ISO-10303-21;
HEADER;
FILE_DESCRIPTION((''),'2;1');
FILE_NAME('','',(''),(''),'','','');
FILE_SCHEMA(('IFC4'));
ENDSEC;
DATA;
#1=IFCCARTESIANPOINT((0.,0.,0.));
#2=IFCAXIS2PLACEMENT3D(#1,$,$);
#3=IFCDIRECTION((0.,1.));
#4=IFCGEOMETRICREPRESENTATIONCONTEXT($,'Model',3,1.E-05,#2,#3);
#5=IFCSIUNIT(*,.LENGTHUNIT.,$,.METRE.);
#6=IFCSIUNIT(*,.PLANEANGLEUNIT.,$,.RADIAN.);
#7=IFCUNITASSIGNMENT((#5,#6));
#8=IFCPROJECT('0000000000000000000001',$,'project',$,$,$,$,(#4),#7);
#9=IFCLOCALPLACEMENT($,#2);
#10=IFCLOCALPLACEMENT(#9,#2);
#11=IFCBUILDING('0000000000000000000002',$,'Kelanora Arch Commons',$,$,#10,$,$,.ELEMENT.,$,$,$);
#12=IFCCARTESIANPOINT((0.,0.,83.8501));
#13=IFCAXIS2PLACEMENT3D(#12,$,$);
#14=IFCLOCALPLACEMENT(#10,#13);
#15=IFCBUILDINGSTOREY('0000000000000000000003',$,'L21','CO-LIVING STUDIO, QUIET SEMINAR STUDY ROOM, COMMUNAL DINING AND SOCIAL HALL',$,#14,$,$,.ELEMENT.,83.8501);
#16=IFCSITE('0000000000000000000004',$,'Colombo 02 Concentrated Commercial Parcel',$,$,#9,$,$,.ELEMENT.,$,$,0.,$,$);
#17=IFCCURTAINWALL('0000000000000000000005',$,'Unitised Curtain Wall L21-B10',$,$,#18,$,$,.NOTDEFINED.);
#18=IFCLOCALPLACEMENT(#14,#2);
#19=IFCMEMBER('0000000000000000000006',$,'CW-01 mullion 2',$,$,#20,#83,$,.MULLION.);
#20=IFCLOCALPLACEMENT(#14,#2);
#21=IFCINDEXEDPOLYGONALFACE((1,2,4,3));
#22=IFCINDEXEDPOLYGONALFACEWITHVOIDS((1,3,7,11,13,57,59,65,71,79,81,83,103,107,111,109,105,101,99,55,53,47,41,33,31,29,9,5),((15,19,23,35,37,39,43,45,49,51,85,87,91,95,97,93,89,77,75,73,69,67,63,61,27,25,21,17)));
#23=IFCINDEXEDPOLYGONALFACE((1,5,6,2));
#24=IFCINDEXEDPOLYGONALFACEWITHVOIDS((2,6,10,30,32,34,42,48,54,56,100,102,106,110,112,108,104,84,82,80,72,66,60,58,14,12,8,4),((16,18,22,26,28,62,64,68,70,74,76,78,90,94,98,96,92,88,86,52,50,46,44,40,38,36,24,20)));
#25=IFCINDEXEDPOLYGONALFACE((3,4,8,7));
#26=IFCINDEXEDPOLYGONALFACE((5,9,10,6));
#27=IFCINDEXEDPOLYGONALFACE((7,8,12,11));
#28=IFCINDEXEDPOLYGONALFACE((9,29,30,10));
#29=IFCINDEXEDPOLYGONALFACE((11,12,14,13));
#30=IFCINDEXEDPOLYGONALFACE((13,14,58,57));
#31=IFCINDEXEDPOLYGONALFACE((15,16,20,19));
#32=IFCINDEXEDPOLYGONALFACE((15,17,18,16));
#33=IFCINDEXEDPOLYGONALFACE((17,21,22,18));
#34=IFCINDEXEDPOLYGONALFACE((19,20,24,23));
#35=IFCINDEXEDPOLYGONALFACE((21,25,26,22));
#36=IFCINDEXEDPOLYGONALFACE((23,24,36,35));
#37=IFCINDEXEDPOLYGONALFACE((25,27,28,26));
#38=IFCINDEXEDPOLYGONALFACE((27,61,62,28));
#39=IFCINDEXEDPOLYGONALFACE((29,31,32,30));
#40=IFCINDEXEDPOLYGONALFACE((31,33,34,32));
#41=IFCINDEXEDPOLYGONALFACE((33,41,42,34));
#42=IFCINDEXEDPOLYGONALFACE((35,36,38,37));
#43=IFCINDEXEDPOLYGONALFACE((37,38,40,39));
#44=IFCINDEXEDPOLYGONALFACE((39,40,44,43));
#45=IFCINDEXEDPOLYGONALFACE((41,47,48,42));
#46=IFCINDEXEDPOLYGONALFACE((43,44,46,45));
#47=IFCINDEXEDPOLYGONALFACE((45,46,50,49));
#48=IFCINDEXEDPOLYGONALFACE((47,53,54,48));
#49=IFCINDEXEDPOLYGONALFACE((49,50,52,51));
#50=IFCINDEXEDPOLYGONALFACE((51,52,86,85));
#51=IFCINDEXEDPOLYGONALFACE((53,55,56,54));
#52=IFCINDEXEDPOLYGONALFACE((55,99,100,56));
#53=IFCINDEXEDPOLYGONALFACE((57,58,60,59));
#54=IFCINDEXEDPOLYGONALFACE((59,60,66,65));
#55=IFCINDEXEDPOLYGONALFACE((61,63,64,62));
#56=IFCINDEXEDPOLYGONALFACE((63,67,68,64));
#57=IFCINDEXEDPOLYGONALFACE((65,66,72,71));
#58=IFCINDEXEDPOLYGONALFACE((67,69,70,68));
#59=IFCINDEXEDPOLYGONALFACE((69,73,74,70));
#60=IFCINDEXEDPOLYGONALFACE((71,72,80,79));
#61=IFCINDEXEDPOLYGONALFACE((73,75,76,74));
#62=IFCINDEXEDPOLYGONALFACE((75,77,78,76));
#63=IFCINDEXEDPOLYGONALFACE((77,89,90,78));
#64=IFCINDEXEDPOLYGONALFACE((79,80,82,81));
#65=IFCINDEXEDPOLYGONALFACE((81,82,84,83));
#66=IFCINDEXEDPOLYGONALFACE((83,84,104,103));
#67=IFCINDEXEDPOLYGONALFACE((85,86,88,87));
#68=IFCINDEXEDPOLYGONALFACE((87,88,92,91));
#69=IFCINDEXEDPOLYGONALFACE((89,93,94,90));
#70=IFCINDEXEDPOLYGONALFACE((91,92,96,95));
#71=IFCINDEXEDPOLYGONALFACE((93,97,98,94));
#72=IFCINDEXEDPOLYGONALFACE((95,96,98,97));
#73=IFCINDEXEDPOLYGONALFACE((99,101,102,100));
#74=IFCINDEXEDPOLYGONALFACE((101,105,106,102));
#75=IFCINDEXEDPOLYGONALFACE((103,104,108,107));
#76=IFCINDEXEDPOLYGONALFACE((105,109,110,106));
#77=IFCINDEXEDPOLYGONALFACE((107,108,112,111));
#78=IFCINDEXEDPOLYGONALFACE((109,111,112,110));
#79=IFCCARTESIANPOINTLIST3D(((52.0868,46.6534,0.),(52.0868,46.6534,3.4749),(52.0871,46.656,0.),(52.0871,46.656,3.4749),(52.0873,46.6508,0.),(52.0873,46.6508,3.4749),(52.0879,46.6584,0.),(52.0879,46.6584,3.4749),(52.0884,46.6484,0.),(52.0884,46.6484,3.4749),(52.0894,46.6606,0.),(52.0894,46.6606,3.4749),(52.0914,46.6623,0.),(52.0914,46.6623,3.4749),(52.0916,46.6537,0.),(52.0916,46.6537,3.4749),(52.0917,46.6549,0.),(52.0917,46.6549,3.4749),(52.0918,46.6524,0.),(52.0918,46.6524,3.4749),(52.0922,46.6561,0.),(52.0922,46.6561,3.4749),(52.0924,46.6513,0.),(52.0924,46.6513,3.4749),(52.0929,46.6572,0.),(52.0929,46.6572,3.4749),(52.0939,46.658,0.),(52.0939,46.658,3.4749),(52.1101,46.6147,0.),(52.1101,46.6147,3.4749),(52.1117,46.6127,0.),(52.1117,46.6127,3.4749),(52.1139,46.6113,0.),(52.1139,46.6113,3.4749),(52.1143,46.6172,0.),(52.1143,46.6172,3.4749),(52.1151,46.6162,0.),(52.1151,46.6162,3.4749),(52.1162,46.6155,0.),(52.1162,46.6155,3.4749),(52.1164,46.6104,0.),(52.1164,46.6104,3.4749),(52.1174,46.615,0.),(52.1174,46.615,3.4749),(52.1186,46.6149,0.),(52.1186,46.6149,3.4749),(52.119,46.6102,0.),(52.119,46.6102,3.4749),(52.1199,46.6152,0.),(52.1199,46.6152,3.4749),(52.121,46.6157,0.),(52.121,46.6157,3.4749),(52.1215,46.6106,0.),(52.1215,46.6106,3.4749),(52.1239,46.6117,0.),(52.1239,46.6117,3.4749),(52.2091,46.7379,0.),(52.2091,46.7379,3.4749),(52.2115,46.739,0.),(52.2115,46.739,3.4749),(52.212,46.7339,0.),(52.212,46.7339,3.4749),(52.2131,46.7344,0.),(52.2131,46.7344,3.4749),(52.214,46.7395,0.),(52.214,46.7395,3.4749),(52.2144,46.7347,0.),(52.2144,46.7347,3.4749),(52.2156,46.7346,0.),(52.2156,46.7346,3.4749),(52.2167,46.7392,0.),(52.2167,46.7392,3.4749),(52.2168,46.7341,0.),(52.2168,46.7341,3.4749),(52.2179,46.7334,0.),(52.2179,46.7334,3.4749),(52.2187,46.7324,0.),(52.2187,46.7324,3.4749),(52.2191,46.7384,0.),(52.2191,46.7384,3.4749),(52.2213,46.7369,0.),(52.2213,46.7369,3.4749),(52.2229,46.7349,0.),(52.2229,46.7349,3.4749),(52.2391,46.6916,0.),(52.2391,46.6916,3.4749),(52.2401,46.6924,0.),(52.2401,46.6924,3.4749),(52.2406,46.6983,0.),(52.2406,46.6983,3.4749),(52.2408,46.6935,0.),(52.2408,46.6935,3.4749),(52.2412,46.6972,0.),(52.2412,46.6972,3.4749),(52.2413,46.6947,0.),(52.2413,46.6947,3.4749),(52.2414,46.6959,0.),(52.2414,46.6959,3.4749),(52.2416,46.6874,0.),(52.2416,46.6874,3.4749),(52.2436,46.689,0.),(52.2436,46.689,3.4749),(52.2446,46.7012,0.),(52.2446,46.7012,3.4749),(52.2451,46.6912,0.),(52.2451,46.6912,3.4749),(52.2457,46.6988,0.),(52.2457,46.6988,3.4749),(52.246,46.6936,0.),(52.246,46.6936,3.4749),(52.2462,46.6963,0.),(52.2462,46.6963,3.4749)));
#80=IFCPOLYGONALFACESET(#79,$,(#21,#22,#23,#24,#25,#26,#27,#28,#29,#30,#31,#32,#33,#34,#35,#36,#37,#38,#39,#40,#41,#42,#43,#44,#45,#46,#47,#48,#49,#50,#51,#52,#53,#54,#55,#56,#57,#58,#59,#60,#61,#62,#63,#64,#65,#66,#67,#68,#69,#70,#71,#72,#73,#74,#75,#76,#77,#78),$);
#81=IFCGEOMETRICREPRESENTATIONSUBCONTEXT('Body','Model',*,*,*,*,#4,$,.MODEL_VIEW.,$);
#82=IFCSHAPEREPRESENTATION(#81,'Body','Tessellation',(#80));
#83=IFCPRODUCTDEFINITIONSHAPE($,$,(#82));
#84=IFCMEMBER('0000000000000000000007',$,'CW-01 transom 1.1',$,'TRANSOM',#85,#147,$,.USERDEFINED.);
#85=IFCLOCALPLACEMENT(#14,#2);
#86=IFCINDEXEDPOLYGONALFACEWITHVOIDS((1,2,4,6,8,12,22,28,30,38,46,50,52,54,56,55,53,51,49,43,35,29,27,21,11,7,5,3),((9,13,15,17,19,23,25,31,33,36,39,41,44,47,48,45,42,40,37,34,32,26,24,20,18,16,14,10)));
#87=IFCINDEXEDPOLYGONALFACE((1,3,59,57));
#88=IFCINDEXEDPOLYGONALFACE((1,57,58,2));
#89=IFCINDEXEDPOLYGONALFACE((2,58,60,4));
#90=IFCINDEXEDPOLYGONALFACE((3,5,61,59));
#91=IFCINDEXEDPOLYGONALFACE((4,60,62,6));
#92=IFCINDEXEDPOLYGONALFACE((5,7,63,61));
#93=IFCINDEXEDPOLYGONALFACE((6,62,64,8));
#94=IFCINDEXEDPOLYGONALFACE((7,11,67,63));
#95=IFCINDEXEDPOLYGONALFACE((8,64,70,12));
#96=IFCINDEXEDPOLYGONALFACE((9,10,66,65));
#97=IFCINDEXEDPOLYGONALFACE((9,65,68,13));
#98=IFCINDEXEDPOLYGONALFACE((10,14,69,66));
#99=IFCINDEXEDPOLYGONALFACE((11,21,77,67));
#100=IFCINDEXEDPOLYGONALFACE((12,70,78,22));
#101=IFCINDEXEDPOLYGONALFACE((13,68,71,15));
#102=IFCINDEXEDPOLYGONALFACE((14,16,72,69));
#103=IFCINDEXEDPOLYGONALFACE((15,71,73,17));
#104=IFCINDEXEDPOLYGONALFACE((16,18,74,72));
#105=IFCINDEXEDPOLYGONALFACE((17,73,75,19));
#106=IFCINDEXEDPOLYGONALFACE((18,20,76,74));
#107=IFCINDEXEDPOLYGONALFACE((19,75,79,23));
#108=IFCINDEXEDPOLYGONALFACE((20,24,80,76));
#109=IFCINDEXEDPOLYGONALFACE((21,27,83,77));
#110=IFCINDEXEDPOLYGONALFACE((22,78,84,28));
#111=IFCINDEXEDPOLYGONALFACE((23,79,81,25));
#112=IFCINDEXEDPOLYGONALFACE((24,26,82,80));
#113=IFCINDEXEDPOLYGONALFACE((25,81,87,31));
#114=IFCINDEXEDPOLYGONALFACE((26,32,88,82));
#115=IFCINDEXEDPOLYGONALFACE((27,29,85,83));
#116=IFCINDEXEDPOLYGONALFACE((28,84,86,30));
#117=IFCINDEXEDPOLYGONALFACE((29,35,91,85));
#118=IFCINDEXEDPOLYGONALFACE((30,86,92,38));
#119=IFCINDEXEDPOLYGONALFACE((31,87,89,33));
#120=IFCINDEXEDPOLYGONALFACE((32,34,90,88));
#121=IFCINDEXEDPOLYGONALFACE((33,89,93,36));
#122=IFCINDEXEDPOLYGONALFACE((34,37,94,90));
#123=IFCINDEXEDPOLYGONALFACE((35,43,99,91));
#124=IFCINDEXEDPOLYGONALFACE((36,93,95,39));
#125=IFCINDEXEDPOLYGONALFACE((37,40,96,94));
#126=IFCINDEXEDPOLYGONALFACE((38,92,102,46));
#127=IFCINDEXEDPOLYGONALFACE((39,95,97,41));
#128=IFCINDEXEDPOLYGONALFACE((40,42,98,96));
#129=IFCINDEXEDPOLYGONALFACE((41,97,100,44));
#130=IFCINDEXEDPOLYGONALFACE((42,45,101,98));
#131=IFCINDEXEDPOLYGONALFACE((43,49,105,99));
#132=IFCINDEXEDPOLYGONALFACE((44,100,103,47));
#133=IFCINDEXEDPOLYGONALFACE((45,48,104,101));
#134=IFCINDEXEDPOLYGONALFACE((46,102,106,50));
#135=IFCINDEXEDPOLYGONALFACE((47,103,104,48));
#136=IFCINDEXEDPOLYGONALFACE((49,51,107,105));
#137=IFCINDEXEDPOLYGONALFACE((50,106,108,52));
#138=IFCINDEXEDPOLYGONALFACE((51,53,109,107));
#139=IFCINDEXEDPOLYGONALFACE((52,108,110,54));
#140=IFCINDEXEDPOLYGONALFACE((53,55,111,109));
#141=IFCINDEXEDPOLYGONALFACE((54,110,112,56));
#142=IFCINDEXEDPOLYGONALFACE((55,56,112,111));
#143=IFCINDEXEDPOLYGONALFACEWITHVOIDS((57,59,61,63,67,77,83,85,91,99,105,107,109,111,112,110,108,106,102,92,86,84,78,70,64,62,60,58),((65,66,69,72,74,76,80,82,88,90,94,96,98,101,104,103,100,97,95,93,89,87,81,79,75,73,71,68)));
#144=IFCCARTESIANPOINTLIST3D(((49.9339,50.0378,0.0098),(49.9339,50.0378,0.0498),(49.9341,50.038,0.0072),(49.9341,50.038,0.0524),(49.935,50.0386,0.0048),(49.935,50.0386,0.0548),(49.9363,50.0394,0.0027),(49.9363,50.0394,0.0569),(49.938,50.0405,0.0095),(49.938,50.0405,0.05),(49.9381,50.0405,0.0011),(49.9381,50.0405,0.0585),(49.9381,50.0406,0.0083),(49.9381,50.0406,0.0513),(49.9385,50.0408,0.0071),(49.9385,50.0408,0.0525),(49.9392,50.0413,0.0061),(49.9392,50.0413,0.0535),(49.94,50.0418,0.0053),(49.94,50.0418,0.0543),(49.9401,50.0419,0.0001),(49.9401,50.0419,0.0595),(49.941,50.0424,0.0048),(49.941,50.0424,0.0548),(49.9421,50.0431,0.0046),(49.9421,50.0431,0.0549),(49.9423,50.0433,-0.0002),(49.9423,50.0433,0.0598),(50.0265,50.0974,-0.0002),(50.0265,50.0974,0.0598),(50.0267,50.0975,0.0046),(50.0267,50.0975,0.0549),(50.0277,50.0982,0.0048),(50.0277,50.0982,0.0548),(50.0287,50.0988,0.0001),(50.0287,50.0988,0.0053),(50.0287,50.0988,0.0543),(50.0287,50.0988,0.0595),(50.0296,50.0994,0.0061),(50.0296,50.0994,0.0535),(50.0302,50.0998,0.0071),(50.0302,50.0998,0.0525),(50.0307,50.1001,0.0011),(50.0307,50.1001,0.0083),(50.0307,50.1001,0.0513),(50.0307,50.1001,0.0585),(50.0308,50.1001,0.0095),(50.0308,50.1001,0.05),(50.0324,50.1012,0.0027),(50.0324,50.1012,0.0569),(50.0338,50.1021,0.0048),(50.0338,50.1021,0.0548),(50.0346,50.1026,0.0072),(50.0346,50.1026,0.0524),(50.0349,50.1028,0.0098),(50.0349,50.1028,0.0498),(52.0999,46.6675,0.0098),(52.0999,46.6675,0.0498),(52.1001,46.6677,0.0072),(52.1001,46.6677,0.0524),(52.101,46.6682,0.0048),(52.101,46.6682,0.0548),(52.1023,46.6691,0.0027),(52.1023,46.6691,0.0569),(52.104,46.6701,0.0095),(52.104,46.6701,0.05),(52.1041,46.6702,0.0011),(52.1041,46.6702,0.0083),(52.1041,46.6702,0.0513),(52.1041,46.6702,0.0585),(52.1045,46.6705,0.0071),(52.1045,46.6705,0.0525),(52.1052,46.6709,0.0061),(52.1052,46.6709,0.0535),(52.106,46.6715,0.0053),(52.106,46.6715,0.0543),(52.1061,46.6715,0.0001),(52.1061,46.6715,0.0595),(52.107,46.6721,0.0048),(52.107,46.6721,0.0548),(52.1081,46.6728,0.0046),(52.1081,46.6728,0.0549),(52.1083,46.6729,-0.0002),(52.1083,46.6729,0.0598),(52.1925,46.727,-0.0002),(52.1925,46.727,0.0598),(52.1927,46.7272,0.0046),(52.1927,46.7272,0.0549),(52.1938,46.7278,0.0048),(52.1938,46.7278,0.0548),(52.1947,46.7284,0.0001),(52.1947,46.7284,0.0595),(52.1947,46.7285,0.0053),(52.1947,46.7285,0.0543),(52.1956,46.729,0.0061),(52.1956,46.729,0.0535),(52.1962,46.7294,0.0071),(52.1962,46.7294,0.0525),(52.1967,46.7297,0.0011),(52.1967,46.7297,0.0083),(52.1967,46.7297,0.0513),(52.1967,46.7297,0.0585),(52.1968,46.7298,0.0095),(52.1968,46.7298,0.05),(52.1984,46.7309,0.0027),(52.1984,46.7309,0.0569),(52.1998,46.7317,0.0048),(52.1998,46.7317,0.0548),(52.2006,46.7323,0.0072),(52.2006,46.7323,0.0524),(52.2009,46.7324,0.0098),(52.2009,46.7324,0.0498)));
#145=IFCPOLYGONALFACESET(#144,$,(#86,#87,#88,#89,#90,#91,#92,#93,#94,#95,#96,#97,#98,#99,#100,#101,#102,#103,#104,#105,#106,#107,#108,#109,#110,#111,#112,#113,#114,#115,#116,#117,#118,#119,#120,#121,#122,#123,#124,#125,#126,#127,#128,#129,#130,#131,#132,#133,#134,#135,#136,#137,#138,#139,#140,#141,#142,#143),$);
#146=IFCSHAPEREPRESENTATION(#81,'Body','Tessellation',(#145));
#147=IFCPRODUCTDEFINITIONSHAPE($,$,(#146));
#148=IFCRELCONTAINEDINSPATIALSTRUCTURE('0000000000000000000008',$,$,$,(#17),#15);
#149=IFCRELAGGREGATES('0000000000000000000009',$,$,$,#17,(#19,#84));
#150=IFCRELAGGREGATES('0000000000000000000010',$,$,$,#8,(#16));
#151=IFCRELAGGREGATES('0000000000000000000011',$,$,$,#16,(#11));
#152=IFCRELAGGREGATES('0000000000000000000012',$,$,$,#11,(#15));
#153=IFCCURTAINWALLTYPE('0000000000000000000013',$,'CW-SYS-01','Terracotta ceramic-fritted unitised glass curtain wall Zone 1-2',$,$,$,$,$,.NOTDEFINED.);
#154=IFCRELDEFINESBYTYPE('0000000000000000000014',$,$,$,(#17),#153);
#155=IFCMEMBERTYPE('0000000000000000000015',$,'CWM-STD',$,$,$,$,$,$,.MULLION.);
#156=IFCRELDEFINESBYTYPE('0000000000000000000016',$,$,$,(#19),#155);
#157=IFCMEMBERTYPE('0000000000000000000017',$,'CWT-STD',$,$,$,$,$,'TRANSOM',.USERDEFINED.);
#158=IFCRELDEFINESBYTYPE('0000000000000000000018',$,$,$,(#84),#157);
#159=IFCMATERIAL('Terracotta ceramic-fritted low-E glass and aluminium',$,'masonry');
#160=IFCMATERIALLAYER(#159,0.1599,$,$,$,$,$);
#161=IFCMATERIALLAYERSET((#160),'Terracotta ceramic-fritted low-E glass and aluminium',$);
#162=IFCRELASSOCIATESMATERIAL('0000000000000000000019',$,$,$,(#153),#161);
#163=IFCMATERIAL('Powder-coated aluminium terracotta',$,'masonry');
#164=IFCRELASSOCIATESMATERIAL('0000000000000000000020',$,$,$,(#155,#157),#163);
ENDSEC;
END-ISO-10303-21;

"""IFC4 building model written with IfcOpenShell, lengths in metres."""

from ifc_helpers import new_model, si_unit, direction, frame, origin, origin_2d, place, context, subcontext, project, spatial, hollow_rectangle, extrude, material, layer, layer_set, material_profile, profile_set, type_object, element, aggregate, save


model = new_model("IFC4")

# Units and contexts
model_context = context("Model", 3, precision=1e-05, world=origin(), true_north=direction((0.0, 1.0)))
body_context = subcontext(model_context, "Body", "Model", "MODEL_VIEW")
ifc_project = project(units=[si_unit("LENGTHUNIT", "METRE"), si_unit("PLANEANGLEUNIT", "RADIAN")], contexts=[model_context])

# Site, building, storey
site_placement = place(None, origin())
site = spatial("IfcSite", under=ifc_project, at=site_placement, Name="Colombo 02 Concentrated Commercial Parcel", CompositionType="ELEMENT", RefElevation=0.0)
building_placement = place(site_placement, origin())
building = spatial("IfcBuilding", under=site, at=building_placement, Name="Kelanora Arch Commons", CompositionType="ELEMENT")
storey_placement = place(building_placement, frame((0.0, 0.0, 83.8501)))
storey = spatial("IfcBuildingStorey", under=building, at=storey_placement, Name="L21", Description="CO-LIVING STUDIO, QUIET SEMINAR STUDY ROOM, COMMUNAL DINING AND SOCIAL HALL", CompositionType="ELEMENT", Elevation=83.8501)

# Curtain wall, members
ifc_material_1 = material(Name="Terracotta ceramic-fritted low-E glass and aluminium", Category="masonry")
ifc_layer_1 = layer(ifc_material_1, 0.1599)
ifc_layer_set_1 = layer_set([ifc_layer_1], Name="Terracotta ceramic-fritted low-E glass and aluminium")
curtain_wall_type = type_object("IfcCurtainWallType", Name="CW-SYS-01", Description="Terracotta ceramic-fritted unitised glass curtain wall Zone 1-2", PredefinedType="NOTDEFINED", material=ifc_layer_set_1)
curtain_wall_placement = place(storey_placement, origin())
curtain_wall = element("IfcCurtainWall", 1, at=curtain_wall_placement, inside=storey, type_object=curtain_wall_type, Name="Unitised Curtain Wall L21-B10", PredefinedType="NOTDEFINED")
ifc_material_2 = material(Name="Powder-coated aluminium terracotta", Category="masonry")
ifc_material_profile_1 = material_profile(ifc_material_2, hollow_rectangle(XDim=0.1599, YDim=0.0601, WallThickness=0.0049, InnerFilletRadius=0.0049, OuterFilletRadius=0.01, at=origin_2d()), Name="CWM160x60")
ifc_profile_set_1 = profile_set([ifc_material_profile_1], Name="Powder-coated aluminium terracotta")
member_type_1 = type_object("IfcMemberType", Name="CWM-STD", PredefinedType="MULLION", material=ifc_profile_set_1)
member_1_placement = place(storey_placement, frame((52.1665, 46.6748, 0.0), z_axis=(0.0, 0.0, 1.0), x_axis=(0.841269, 0.540617, 0.0)))
member_1 = element("IfcMember", 2, at=member_1_placement, type_object=member_type_1, Name="CW-01 mullion 2", PredefinedType="MULLION", context=body_context, shape_type="SweptSolid", body=[
    extrude(hollow_rectangle(XDim=0.1599, YDim=0.0601, WallThickness=0.0049, InnerFilletRadius=0.0049, OuterFilletRadius=0.01, at=origin_2d()), origin(), (0.0, 0.0, 1.0), 3.4749),
])
ifc_material_profile_2 = material_profile(ifc_material_2, hollow_rectangle(XDim=0.1201, YDim=0.0601, WallThickness=0.0049, InnerFilletRadius=0.0049, OuterFilletRadius=0.01, at=origin_2d()), Name="CWT120x60")
ifc_profile_set_2 = profile_set([ifc_material_profile_2], Name="Powder-coated aluminium terracotta")
member_type_2 = type_object("IfcMemberType", Name="CWT-STD", ElementType="TRANSOM", PredefinedType="USERDEFINED", material=ifc_profile_set_2)
member_2_placement = place(storey_placement, frame((49.9844, 50.0703, 0.0298), z_axis=(0.540644, -0.841252, 0.0), x_axis=(0.841252, 0.540644, 0.0)))
member_2 = element("IfcMember", 3, at=member_2_placement, type_object=member_type_2, Name="CW-01 transom 1.1", ObjectType="TRANSOM", PredefinedType="USERDEFINED", context=body_context, shape_type="SweptSolid", body=[
    extrude(hollow_rectangle(XDim=0.1201, YDim=0.0601, WallThickness=0.0049, InnerFilletRadius=0.0049, OuterFilletRadius=0.01, at=origin_2d()), origin(), (0.0, 0.0, 1.0), 4.0063),
])

aggregate(curtain_wall, [member_1, member_2])

save(model, "model.ifc")
